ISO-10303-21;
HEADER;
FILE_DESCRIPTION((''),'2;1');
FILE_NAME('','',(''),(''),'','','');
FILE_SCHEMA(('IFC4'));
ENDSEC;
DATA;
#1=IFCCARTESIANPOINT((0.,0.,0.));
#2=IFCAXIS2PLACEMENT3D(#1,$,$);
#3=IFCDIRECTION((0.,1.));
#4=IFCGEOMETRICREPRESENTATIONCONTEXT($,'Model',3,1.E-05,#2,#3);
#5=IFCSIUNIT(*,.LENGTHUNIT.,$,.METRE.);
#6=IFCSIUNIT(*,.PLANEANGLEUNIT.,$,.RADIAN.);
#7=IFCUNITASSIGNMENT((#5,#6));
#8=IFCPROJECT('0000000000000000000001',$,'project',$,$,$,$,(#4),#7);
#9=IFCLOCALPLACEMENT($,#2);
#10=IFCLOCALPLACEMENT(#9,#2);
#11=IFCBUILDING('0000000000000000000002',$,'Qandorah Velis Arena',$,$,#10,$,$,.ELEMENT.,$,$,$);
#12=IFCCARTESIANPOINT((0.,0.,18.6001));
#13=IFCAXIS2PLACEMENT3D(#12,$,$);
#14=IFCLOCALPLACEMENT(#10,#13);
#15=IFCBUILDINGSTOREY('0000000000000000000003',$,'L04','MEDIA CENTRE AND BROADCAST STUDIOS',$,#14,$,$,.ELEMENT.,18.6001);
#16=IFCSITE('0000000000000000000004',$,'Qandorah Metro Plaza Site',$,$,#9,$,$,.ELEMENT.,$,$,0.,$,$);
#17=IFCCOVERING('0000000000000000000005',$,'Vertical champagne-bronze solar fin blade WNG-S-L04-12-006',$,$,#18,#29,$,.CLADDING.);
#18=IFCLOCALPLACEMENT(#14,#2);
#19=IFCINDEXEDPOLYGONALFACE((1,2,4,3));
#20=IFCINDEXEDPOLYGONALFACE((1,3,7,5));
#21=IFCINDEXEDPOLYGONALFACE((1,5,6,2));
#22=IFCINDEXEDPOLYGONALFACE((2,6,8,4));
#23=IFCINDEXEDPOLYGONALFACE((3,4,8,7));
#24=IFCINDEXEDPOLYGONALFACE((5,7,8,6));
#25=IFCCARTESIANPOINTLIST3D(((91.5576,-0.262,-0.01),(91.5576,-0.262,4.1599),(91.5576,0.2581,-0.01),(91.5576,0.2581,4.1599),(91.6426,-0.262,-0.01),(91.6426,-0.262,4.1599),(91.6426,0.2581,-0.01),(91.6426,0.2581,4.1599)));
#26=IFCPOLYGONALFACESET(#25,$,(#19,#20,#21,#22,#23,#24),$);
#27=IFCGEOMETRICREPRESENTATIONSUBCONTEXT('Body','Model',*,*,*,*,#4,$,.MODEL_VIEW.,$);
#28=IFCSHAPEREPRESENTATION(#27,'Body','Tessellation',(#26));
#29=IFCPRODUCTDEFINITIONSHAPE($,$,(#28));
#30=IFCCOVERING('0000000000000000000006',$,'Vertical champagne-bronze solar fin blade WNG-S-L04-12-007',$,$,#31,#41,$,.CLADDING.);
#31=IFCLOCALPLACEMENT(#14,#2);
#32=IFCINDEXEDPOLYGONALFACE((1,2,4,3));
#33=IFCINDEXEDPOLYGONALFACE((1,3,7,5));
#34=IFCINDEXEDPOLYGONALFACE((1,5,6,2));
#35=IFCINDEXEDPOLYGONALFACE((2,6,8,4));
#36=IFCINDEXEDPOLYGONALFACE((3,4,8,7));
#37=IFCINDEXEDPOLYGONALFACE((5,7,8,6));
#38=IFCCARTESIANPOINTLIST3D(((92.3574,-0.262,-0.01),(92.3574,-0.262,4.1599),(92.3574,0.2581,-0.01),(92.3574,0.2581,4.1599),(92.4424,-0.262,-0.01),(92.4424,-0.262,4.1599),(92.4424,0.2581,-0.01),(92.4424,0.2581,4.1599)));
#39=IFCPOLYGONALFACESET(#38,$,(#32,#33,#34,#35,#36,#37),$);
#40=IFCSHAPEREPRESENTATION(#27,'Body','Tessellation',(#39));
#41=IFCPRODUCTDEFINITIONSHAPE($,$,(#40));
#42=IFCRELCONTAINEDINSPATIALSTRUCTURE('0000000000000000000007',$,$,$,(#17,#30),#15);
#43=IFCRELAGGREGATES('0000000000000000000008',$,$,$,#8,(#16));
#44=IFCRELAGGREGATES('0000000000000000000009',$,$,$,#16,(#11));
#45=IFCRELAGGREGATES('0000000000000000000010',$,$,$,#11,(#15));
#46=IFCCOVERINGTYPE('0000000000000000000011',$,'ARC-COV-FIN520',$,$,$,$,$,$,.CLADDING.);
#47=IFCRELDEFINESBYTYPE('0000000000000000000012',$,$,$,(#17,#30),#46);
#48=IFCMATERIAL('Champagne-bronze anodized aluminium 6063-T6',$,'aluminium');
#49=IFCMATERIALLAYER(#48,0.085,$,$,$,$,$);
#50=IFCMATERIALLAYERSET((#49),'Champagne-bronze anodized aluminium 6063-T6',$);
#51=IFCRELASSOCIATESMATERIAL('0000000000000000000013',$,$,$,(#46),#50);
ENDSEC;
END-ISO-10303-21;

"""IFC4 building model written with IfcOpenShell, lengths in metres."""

from ifc_helpers import new_model, si_unit, direction, frame, origin, origin_2d, place, context, subcontext, project, spatial, rectangle, extrude, material, layer, layer_set, type_object, element, save


model = new_model("IFC4")

# Units and contexts
model_context = context("Model", 3, precision=1e-05, world=origin(), true_north=direction((0.0, 1.0)))
body_context = subcontext(model_context, "Body", "Model", "MODEL_VIEW")
ifc_project = project(units=[si_unit("LENGTHUNIT", "METRE"), si_unit("PLANEANGLEUNIT", "RADIAN")], contexts=[model_context])

# Site, building, storey
site_placement = place(None, origin())
site = spatial("IfcSite", under=ifc_project, at=site_placement, Name="Qandorah Metro Plaza Site", CompositionType="ELEMENT", RefElevation=0.0)
building_placement = place(site_placement, origin())
building = spatial("IfcBuilding", under=site, at=building_placement, Name="Qandorah Velis Arena", CompositionType="ELEMENT")
storey_placement = place(building_placement, frame((0.0, 0.0, 18.6001)))
storey = spatial("IfcBuildingStorey", under=building, at=storey_placement, Name="L04", Description="MEDIA CENTRE AND BROADCAST STUDIOS", CompositionType="ELEMENT", Elevation=18.6001)

# Shared definitions
ifc_material_1 = material(Name="Champagne-bronze anodized aluminium 6063-T6", Category="aluminium")

# Coverings
ifc_layer_1 = layer(ifc_material_1, 0.085)
ifc_layer_set_1 = layer_set([ifc_layer_1], Name="Champagne-bronze anodized aluminium 6063-T6")
covering_type = type_object("IfcCoveringType", Name="ARC-COV-FIN520", PredefinedType="CLADDING", material=ifc_layer_set_1)
for number, where, z_axis, x_axis, name in (
    (1, (91.6001, -0.002, -0.01), (0.0, 0.0, 1.0), (1.0, 0.0, 0.0), "Vertical champagne-bronze solar fin blade WNG-S-L04-12-006"),
    (2, (92.3999, -0.002, -0.01), (0.0, 0.0, 1.0), (1.0, 0.0, 0.0), "Vertical champagne-bronze solar fin blade WNG-S-L04-12-007"),
):
    element("IfcCovering", number, at=place(storey_placement, frame(where, z_axis=z_axis, x_axis=x_axis)), inside=storey, type_object=covering_type, Name=name, PredefinedType="CLADDING", context=body_context, shape_type="SweptSolid", body=[
        extrude(rectangle(XDim=0.085, YDim=0.52, at=origin_2d()), origin(), (0.0, 0.0, 1.0), 4.1699),
    ])

save(model, "model.ifc")
